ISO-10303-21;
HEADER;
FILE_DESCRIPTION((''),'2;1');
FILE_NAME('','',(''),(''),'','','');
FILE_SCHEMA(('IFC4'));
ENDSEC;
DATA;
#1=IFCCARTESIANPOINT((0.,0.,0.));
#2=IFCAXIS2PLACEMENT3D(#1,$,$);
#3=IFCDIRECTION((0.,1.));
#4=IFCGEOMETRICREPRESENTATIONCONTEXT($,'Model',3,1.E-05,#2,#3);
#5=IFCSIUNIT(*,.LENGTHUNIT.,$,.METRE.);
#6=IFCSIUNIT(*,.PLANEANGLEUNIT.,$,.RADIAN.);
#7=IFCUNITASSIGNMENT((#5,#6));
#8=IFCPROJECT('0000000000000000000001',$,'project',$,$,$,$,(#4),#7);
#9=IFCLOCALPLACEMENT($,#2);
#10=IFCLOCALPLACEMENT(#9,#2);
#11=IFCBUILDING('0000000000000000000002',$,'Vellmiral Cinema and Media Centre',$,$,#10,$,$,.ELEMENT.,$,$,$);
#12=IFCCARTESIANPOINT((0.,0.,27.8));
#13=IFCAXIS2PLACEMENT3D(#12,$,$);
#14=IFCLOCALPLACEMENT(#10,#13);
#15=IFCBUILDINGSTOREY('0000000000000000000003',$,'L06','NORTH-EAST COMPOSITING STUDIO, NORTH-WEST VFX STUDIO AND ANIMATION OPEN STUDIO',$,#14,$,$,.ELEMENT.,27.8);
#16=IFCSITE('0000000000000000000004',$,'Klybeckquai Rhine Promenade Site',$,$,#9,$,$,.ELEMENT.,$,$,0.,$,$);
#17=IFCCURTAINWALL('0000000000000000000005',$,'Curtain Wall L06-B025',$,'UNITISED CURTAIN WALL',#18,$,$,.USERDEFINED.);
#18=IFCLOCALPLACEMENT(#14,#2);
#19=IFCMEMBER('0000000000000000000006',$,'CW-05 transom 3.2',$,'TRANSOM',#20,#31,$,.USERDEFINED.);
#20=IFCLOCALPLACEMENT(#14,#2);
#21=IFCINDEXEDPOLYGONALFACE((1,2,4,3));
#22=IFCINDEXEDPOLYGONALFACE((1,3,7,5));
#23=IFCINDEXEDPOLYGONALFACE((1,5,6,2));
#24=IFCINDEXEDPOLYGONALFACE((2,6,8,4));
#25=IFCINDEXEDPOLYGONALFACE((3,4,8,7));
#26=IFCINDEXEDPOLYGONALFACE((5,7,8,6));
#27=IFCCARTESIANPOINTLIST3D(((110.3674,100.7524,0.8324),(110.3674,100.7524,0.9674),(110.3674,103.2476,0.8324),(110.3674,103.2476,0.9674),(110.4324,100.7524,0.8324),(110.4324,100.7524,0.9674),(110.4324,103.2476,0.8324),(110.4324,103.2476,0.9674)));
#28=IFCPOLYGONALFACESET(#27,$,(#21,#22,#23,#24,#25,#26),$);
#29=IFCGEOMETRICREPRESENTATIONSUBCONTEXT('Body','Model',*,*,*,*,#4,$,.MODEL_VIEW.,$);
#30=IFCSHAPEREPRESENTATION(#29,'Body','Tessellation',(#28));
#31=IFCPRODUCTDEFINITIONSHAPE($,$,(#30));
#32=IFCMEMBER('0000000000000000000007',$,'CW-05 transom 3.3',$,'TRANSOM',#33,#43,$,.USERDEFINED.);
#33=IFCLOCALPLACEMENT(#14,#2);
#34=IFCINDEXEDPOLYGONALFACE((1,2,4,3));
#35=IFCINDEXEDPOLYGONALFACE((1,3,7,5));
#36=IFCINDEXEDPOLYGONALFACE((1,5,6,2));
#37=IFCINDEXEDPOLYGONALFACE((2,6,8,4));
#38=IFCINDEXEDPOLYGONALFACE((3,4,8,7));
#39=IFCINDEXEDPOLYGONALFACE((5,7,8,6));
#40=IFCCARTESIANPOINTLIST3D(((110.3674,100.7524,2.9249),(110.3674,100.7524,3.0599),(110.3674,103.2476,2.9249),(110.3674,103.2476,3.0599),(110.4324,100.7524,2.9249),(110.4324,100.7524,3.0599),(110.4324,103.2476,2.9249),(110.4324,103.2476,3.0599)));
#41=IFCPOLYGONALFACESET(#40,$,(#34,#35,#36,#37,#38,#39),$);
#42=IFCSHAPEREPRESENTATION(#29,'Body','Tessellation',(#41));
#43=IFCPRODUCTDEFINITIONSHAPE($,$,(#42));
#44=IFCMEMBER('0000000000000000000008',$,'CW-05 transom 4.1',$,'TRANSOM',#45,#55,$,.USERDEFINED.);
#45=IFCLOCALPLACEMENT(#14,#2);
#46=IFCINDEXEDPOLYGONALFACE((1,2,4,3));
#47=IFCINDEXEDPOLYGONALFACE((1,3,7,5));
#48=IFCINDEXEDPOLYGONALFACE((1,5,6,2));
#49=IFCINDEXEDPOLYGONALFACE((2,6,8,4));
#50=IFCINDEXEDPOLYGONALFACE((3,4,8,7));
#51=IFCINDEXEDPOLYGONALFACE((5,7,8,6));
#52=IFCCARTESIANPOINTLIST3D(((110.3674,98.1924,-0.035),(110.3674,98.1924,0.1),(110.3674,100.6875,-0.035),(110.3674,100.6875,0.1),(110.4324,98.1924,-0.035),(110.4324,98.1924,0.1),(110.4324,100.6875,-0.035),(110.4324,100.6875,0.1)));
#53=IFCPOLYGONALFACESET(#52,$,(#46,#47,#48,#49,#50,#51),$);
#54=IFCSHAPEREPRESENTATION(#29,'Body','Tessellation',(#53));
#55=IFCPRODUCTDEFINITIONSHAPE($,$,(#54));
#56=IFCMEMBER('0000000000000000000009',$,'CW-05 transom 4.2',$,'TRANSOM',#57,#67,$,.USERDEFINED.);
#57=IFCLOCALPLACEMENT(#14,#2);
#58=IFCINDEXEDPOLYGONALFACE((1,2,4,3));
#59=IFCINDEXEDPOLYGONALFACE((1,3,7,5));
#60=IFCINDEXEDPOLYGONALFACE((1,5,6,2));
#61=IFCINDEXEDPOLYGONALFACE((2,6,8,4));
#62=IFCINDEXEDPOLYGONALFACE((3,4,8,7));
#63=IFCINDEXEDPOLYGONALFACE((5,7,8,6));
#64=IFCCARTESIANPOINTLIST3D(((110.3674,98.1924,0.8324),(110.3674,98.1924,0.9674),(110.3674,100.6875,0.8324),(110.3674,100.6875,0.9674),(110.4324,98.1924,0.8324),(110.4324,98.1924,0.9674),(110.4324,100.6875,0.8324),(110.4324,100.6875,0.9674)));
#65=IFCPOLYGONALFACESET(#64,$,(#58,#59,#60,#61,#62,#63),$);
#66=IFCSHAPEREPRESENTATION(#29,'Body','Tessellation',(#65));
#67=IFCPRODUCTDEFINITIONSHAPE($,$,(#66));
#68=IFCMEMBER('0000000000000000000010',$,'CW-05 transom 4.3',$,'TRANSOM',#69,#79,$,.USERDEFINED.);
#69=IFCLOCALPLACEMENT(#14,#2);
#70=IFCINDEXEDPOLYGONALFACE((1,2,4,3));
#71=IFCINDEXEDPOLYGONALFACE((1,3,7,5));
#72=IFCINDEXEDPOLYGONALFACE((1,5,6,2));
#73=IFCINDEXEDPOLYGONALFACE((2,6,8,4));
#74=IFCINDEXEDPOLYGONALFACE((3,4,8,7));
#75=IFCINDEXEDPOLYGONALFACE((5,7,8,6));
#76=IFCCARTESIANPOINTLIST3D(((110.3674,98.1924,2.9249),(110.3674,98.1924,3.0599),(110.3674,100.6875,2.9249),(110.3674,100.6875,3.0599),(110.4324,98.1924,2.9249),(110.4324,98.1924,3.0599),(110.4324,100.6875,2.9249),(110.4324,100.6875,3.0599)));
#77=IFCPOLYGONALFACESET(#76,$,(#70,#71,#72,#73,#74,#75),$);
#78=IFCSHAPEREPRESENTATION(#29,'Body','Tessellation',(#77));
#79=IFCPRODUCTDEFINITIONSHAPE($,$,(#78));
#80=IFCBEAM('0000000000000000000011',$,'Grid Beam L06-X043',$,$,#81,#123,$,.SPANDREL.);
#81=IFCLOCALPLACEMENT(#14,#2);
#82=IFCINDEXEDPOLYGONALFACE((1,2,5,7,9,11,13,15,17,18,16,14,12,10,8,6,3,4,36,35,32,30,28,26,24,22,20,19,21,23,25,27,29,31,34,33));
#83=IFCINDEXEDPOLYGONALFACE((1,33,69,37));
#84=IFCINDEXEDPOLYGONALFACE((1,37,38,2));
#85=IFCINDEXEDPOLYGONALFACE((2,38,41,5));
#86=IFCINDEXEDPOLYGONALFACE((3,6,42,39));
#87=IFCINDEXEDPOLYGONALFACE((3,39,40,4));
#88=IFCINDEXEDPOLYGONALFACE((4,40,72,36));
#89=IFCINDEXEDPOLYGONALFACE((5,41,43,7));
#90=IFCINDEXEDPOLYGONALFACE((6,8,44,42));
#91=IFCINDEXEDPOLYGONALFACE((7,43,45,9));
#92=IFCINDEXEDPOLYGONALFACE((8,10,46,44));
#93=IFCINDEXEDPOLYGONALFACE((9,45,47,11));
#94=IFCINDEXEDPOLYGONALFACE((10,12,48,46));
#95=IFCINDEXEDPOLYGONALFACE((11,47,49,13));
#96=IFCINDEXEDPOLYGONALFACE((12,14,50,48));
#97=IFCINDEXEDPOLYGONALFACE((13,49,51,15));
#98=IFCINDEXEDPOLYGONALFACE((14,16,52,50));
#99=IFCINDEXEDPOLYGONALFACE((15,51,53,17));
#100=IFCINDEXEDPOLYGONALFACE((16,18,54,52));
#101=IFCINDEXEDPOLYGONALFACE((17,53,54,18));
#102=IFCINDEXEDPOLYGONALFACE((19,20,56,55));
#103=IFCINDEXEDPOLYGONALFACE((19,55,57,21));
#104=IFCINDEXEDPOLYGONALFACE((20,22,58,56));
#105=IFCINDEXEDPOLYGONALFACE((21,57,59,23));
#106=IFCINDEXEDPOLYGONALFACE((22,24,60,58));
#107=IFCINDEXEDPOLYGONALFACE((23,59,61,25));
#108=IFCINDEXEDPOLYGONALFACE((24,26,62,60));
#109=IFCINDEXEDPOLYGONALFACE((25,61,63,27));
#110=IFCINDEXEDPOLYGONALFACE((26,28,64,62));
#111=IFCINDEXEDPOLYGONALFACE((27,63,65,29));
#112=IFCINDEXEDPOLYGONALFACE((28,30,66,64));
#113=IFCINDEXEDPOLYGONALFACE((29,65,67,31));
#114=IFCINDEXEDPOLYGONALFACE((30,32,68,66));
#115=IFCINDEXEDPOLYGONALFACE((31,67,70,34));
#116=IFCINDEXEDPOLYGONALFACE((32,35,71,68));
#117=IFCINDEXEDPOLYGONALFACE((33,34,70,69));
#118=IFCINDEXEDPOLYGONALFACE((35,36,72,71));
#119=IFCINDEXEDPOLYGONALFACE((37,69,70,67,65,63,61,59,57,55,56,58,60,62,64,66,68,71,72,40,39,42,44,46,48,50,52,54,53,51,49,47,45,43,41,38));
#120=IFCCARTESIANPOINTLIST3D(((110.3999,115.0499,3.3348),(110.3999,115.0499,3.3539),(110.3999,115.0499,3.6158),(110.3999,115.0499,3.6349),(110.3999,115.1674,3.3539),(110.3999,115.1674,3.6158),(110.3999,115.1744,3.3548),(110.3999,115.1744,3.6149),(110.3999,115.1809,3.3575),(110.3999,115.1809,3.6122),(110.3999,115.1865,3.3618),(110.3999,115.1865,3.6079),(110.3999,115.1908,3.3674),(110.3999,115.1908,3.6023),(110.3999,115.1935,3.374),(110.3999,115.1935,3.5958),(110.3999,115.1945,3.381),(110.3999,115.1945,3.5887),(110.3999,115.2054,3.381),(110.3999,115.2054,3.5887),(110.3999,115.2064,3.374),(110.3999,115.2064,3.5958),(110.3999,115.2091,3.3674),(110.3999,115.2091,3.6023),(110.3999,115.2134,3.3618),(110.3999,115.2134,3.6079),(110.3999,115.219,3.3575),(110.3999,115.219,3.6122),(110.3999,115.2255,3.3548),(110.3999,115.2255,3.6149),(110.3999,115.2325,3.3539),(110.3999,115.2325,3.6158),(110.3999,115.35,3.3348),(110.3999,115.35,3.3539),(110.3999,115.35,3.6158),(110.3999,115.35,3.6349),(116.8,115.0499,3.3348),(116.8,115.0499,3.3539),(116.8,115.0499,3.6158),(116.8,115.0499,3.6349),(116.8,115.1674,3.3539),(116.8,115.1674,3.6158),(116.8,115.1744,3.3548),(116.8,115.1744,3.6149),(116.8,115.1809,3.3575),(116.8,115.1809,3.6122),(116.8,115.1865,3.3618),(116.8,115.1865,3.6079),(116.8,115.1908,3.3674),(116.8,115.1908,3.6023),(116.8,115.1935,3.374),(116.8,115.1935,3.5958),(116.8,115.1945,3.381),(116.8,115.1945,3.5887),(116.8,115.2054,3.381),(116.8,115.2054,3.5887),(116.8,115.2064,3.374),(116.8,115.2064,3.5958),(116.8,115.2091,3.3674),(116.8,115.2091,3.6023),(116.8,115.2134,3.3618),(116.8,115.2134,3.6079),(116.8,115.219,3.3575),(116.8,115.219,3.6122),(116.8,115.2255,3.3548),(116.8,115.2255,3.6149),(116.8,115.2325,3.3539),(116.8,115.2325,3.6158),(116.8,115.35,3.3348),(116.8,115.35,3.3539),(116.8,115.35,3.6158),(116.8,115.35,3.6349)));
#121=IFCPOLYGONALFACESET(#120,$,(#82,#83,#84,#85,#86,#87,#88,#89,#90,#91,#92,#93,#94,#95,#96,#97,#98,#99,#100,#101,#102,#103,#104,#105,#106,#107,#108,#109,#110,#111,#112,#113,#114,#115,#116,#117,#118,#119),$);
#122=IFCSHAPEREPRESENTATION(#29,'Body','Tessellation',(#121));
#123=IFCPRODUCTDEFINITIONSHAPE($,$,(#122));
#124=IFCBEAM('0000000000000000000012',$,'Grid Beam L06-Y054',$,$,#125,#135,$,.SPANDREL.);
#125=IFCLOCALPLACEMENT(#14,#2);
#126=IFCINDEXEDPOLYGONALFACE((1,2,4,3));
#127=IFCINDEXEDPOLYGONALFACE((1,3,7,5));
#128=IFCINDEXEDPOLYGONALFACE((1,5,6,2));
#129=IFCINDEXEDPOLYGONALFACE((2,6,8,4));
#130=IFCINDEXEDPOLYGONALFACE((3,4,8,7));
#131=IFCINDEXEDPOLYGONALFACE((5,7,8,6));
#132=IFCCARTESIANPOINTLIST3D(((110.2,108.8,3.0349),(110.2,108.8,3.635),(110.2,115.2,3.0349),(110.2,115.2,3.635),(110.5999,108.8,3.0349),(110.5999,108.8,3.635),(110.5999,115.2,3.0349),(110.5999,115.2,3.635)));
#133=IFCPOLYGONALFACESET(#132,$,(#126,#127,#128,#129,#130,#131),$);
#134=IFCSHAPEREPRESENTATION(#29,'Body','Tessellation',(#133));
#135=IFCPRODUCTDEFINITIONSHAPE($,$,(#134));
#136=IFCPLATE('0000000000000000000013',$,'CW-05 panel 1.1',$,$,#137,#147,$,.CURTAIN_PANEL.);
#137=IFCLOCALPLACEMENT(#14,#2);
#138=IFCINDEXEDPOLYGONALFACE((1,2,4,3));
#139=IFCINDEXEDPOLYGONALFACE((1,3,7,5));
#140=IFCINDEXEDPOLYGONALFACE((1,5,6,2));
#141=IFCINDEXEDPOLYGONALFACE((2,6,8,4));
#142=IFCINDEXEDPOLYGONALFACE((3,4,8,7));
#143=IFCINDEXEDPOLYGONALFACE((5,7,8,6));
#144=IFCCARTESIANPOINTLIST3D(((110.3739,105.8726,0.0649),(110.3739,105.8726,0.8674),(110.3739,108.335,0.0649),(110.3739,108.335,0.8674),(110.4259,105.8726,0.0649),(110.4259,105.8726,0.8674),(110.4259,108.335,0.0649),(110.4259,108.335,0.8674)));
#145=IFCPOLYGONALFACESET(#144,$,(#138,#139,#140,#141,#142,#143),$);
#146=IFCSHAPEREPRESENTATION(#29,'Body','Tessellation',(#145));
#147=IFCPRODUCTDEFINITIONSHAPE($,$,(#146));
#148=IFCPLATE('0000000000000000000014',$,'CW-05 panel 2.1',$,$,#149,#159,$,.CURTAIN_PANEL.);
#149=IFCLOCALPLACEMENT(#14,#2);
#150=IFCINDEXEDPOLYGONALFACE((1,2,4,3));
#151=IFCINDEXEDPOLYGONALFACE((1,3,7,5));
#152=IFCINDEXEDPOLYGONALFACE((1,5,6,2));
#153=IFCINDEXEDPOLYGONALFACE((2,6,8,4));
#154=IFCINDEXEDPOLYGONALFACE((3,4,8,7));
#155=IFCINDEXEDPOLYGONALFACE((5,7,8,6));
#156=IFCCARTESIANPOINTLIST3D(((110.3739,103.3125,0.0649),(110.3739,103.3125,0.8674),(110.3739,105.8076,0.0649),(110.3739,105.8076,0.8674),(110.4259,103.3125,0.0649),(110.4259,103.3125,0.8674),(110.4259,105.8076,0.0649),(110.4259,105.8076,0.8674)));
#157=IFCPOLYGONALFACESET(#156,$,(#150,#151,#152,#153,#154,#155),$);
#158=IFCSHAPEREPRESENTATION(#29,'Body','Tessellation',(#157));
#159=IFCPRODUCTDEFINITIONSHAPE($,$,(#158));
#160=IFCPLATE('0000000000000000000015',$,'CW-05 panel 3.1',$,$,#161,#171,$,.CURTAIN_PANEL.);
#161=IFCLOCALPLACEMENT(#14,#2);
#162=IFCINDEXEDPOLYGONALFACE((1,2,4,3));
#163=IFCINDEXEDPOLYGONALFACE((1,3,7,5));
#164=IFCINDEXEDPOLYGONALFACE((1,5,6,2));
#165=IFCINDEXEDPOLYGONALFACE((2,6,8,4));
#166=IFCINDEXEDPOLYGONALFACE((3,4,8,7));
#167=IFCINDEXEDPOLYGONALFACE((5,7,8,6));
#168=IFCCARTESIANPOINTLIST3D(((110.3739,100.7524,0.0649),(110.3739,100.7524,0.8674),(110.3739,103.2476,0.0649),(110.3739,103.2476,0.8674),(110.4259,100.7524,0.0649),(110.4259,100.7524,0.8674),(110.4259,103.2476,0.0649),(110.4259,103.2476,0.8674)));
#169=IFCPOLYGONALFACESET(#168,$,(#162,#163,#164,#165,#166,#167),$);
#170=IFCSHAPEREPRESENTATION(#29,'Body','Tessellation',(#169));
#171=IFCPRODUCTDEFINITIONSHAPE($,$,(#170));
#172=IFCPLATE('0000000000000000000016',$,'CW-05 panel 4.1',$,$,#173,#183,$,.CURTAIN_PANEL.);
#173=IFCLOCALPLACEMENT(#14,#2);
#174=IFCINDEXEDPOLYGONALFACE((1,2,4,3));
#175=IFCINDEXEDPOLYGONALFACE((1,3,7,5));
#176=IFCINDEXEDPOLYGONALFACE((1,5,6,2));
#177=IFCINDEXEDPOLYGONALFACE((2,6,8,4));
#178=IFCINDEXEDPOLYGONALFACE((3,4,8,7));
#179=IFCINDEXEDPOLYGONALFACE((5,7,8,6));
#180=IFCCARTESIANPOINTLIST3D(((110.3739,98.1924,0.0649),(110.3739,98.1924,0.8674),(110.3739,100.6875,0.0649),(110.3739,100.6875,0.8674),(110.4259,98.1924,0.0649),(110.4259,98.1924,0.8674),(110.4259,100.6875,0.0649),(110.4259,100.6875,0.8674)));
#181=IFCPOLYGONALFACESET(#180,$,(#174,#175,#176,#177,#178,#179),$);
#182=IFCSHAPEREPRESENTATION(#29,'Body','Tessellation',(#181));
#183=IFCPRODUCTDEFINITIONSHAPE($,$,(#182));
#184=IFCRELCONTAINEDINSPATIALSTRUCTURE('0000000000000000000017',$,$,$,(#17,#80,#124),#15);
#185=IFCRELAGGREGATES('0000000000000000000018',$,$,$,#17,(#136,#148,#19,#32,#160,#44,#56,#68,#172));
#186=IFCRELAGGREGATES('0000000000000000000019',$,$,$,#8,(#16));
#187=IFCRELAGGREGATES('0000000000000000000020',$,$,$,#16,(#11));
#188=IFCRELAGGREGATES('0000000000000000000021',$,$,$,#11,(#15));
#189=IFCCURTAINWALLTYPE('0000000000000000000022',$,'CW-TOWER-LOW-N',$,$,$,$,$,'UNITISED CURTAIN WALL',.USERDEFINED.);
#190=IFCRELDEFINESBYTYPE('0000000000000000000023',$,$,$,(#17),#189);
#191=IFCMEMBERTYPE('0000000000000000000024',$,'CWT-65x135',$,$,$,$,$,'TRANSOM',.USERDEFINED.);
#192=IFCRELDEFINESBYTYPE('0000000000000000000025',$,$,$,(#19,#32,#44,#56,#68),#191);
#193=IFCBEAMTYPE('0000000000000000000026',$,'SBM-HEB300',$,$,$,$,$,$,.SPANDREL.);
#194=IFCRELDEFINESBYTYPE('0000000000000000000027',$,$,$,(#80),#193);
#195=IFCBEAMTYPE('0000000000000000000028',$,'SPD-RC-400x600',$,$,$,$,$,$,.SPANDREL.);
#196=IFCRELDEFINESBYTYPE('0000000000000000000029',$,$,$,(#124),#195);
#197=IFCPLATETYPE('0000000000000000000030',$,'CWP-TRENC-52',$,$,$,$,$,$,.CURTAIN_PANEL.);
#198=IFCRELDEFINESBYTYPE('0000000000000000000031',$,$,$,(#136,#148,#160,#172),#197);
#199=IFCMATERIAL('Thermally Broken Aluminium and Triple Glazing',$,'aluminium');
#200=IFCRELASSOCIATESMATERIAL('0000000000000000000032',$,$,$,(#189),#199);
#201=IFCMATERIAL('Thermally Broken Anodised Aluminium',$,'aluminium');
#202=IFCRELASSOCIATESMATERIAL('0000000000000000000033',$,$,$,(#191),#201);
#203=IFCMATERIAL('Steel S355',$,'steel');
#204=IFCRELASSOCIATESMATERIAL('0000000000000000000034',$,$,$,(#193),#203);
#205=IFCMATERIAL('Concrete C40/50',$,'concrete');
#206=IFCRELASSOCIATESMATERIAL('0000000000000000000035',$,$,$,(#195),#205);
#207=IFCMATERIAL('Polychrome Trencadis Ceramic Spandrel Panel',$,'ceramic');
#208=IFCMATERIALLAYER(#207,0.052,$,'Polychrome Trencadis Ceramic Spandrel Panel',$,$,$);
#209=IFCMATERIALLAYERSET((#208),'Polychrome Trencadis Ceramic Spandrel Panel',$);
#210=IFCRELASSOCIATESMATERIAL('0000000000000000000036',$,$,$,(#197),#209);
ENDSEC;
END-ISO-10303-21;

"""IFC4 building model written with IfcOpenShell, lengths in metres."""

from ifc_helpers import new_model, si_unit, direction, frame, origin, origin_2d, place, context, subcontext, project, spatial, rectangle, i_section, extrude, material, layer, layer_set, material_profile, profile_set, type_object, element, aggregate, save


model = new_model("IFC4")

# Units and contexts
model_context = context("Model", 3, precision=1e-05, world=origin(), true_north=direction((0.0, 1.0)))
body_context = subcontext(model_context, "Body", "Model", "MODEL_VIEW")
ifc_project = project(units=[si_unit("LENGTHUNIT", "METRE"), si_unit("PLANEANGLEUNIT", "RADIAN")], contexts=[model_context])

# Site, building, storey
site_placement = place(None, origin())
site = spatial("IfcSite", under=ifc_project, at=site_placement, Name="Klybeckquai Rhine Promenade Site", CompositionType="ELEMENT", RefElevation=0.0)
building_placement = place(site_placement, origin())
building = spatial("IfcBuilding", under=site, at=building_placement, Name="Vellmiral Cinema and Media Centre", CompositionType="ELEMENT")
storey_placement = place(building_placement, frame((0.0, 0.0, 27.8)))
storey = spatial("IfcBuildingStorey", under=building, at=storey_placement, Name="L06", Description="NORTH-EAST COMPOSITING STUDIO, NORTH-WEST VFX STUDIO AND ANIMATION OPEN STUDIO", CompositionType="ELEMENT", Elevation=27.8)

# Curtain wall, members
ifc_material_1 = material(Name="Thermally Broken Aluminium and Triple Glazing", Category="aluminium")
curtain_wall_type = type_object("IfcCurtainWallType", Name="CW-TOWER-LOW-N", ElementType="UNITISED CURTAIN WALL", PredefinedType="USERDEFINED", material=ifc_material_1)
curtain_wall_placement = place(storey_placement, origin())
curtain_wall = element("IfcCurtainWall", 1, at=curtain_wall_placement, inside=storey, type_object=curtain_wall_type, Name="Curtain Wall L06-B025", ObjectType="UNITISED CURTAIN WALL", PredefinedType="USERDEFINED")
ifc_material_2 = material(Name="Thermally Broken Anodised Aluminium", Category="aluminium")
ifc_material_profile_1 = material_profile(ifc_material_2, rectangle(XDim=0.0649, YDim=0.135, at=origin_2d()), Name="MULL 65x135")
ifc_profile_set_1 = profile_set([ifc_material_profile_1], Name="Thermally Broken Anodised Aluminium")
member_type_1 = type_object("IfcMemberType", Name="CWT-65x135", ElementType="TRANSOM", PredefinedType="USERDEFINED", material=ifc_profile_set_1)
member_1_placement = place(storey_placement, frame((110.3999, 103.2476, 0.8999), z_axis=(0.0, -1.0, 0.0), x_axis=(1.0, 0.0, 0.0)))
member_1 = element("IfcMember", 2, at=member_1_placement, type_object=member_type_1, Name="CW-05 transom 3.2", ObjectType="TRANSOM", PredefinedType="USERDEFINED", context=body_context, shape_type="SweptSolid", body=[
    extrude(rectangle(XDim=0.0649, YDim=0.135, at=origin_2d()), origin(), (0.0, 0.0, 1.0), 2.4951),
])
member_2_placement = place(storey_placement, frame((110.3999, 103.2476, 2.9924), z_axis=(0.0, -1.0, 0.0), x_axis=(1.0, 0.0, 0.0)))
member_2 = element("IfcMember", 3, at=member_2_placement, type_object=member_type_1, Name="CW-05 transom 3.3", ObjectType="TRANSOM", PredefinedType="USERDEFINED", context=body_context, shape_type="SweptSolid", body=[
    extrude(rectangle(XDim=0.0649, YDim=0.135, at=origin_2d()), origin(), (0.0, 0.0, 1.0), 2.4951),
])
member_3_placement = place(storey_placement, frame((110.3999, 100.6875, 0.0325), z_axis=(0.0, -1.0, 0.0), x_axis=(1.0, 0.0, 0.0)))
member_3 = element("IfcMember", 4, at=member_3_placement, type_object=member_type_1, Name="CW-05 transom 4.1", ObjectType="TRANSOM", PredefinedType="USERDEFINED", context=body_context, shape_type="SweptSolid", body=[
    extrude(rectangle(XDim=0.0649, YDim=0.135, at=origin_2d()), origin(), (0.0, 0.0, 1.0), 2.4951),
])
member_4_placement = place(storey_placement, frame((110.3999, 100.6875, 0.8999), z_axis=(0.0, -1.0, 0.0), x_axis=(1.0, 0.0, 0.0)))
member_4 = element("IfcMember", 5, at=member_4_placement, type_object=member_type_1, Name="CW-05 transom 4.2", ObjectType="TRANSOM", PredefinedType="USERDEFINED", context=body_context, shape_type="SweptSolid", body=[
    extrude(rectangle(XDim=0.0649, YDim=0.135, at=origin_2d()), origin(), (0.0, 0.0, 1.0), 2.4951),
])
member_5_placement = place(storey_placement, frame((110.3999, 100.6875, 2.9924), z_axis=(0.0, -1.0, 0.0), x_axis=(1.0, 0.0, 0.0)))
member_5 = element("IfcMember", 6, at=member_5_placement, type_object=member_type_1, Name="CW-05 transom 4.3", ObjectType="TRANSOM", PredefinedType="USERDEFINED", context=body_context, shape_type="SweptSolid", body=[
    extrude(rectangle(XDim=0.0649, YDim=0.135, at=origin_2d()), origin(), (0.0, 0.0, 1.0), 2.4951),
])

# Beams
ifc_material_3 = material(Name="Steel S355", Category="steel")
ifc_material_profile_2 = material_profile(ifc_material_3, i_section(OverallWidth=0.3, OverallDepth=0.3, WebThickness=0.011, FlangeThickness=0.019, FilletRadius=0.0271, at=origin_2d()), Name="HEB 300")
ifc_profile_set_2 = profile_set([ifc_material_profile_2], Name="Steel S355")
beam_type_1 = type_object("IfcBeamType", Name="SBM-HEB300", PredefinedType="SPANDREL", material=ifc_profile_set_2)
beam_1_placement = place(storey_placement, frame((110.3999, 115.2, 3.4849), z_axis=(1.0, 0.0, 0.0), x_axis=(0.0, 1.0, 0.0)))
element("IfcBeam", 7, at=beam_1_placement, inside=storey, type_object=beam_type_1, Name="Grid Beam L06-X043", PredefinedType="SPANDREL", context=body_context, shape_type="SweptSolid", body=[
    extrude(i_section(OverallWidth=0.3, OverallDepth=0.3, WebThickness=0.011, FlangeThickness=0.019, FilletRadius=0.0271, at=origin_2d()), origin(), (0.0, 0.0, 1.0), 6.4001),
])
ifc_material_4 = material(Name="Concrete C40/50", Category="concrete")
ifc_material_profile_3 = material_profile(ifc_material_4, rectangle(XDim=0.3999, YDim=0.6001, at=origin_2d()), Name="RC 400x600")
ifc_profile_set_3 = profile_set([ifc_material_profile_3], Name="Concrete C40/50")
beam_type_2 = type_object("IfcBeamType", Name="SPD-RC-400x600", PredefinedType="SPANDREL", material=ifc_profile_set_3)
beam_2_placement = place(storey_placement, frame((110.3999, 108.8, 3.335), z_axis=(0.0, 1.0, 0.0), x_axis=(-1.0, 0.0, 0.0)))
element("IfcBeam", 8, at=beam_2_placement, inside=storey, type_object=beam_type_2, Name="Grid Beam L06-Y054", PredefinedType="SPANDREL", context=body_context, shape_type="SweptSolid", body=[
    extrude(rectangle(XDim=0.3999, YDim=0.6001, at=origin_2d()), origin(), (0.0, 0.0, 1.0), 6.3999),
])

# Plates
ifc_material_5 = material(Name="Polychrome Trencadis Ceramic Spandrel Panel", Category="ceramic")
ifc_layer_1 = layer(ifc_material_5, 0.052, Name="Polychrome Trencadis Ceramic Spandrel Panel")
ifc_layer_set_1 = layer_set([ifc_layer_1], Name="Polychrome Trencadis Ceramic Spandrel Panel")
plate_type_1 = type_object("IfcPlateType", Name="CWP-TRENC-52", PredefinedType="CURTAIN_PANEL", material=ifc_layer_set_1)
plate_1_placement = place(storey_placement, frame((110.3999, 107.1038, 0.0649), z_axis=(0.0, 0.0, 1.0), x_axis=(0.0, -1.0, 0.0)))
plate_1 = element("IfcPlate", 9, at=plate_1_placement, type_object=plate_type_1, Name="CW-05 panel 1.1", PredefinedType="CURTAIN_PANEL", context=body_context, shape_type="SweptSolid", body=[
    extrude(rectangle(XDim=2.4624, YDim=0.052, at=origin_2d()), origin(), (0.0, 0.0, 1.0), 0.8025),
])
plate_2_placement = place(storey_placement, frame((110.3999, 104.5601, 0.0649), z_axis=(0.0, 0.0, 1.0), x_axis=(0.0, -1.0, 0.0)))
plate_2 = element("IfcPlate", 10, at=plate_2_placement, type_object=plate_type_1, Name="CW-05 panel 2.1", PredefinedType="CURTAIN_PANEL", context=body_context, shape_type="SweptSolid", body=[
    extrude(rectangle(XDim=2.4951, YDim=0.052, at=origin_2d()), origin(), (0.0, 0.0, 1.0), 0.8025),
])
plate_3_placement = place(storey_placement, frame((110.3999, 102.0, 0.0649), z_axis=(0.0, 0.0, 1.0), x_axis=(0.0, -1.0, 0.0)))
plate_3 = element("IfcPlate", 11, at=plate_3_placement, type_object=plate_type_1, Name="CW-05 panel 3.1", PredefinedType="CURTAIN_PANEL", context=body_context, shape_type="SweptSolid", body=[
    extrude(rectangle(XDim=2.4951, YDim=0.052, at=origin_2d()), origin(), (0.0, 0.0, 1.0), 0.8025),
])
plate_4_placement = place(storey_placement, frame((110.3999, 99.4399, 0.0649), z_axis=(0.0, 0.0, 1.0), x_axis=(0.0, -1.0, 0.0)))
plate_4 = element("IfcPlate", 12, at=plate_4_placement, type_object=plate_type_1, Name="CW-05 panel 4.1", PredefinedType="CURTAIN_PANEL", context=body_context, shape_type="SweptSolid", body=[
    extrude(rectangle(XDim=2.4951, YDim=0.052, at=origin_2d()), origin(), (0.0, 0.0, 1.0), 0.8025),
])
aggregate(curtain_wall, [plate_1, plate_2, member_1, member_2, plate_3, member_3, member_4, member_5, plate_4])

save(model, "model.ifc")
